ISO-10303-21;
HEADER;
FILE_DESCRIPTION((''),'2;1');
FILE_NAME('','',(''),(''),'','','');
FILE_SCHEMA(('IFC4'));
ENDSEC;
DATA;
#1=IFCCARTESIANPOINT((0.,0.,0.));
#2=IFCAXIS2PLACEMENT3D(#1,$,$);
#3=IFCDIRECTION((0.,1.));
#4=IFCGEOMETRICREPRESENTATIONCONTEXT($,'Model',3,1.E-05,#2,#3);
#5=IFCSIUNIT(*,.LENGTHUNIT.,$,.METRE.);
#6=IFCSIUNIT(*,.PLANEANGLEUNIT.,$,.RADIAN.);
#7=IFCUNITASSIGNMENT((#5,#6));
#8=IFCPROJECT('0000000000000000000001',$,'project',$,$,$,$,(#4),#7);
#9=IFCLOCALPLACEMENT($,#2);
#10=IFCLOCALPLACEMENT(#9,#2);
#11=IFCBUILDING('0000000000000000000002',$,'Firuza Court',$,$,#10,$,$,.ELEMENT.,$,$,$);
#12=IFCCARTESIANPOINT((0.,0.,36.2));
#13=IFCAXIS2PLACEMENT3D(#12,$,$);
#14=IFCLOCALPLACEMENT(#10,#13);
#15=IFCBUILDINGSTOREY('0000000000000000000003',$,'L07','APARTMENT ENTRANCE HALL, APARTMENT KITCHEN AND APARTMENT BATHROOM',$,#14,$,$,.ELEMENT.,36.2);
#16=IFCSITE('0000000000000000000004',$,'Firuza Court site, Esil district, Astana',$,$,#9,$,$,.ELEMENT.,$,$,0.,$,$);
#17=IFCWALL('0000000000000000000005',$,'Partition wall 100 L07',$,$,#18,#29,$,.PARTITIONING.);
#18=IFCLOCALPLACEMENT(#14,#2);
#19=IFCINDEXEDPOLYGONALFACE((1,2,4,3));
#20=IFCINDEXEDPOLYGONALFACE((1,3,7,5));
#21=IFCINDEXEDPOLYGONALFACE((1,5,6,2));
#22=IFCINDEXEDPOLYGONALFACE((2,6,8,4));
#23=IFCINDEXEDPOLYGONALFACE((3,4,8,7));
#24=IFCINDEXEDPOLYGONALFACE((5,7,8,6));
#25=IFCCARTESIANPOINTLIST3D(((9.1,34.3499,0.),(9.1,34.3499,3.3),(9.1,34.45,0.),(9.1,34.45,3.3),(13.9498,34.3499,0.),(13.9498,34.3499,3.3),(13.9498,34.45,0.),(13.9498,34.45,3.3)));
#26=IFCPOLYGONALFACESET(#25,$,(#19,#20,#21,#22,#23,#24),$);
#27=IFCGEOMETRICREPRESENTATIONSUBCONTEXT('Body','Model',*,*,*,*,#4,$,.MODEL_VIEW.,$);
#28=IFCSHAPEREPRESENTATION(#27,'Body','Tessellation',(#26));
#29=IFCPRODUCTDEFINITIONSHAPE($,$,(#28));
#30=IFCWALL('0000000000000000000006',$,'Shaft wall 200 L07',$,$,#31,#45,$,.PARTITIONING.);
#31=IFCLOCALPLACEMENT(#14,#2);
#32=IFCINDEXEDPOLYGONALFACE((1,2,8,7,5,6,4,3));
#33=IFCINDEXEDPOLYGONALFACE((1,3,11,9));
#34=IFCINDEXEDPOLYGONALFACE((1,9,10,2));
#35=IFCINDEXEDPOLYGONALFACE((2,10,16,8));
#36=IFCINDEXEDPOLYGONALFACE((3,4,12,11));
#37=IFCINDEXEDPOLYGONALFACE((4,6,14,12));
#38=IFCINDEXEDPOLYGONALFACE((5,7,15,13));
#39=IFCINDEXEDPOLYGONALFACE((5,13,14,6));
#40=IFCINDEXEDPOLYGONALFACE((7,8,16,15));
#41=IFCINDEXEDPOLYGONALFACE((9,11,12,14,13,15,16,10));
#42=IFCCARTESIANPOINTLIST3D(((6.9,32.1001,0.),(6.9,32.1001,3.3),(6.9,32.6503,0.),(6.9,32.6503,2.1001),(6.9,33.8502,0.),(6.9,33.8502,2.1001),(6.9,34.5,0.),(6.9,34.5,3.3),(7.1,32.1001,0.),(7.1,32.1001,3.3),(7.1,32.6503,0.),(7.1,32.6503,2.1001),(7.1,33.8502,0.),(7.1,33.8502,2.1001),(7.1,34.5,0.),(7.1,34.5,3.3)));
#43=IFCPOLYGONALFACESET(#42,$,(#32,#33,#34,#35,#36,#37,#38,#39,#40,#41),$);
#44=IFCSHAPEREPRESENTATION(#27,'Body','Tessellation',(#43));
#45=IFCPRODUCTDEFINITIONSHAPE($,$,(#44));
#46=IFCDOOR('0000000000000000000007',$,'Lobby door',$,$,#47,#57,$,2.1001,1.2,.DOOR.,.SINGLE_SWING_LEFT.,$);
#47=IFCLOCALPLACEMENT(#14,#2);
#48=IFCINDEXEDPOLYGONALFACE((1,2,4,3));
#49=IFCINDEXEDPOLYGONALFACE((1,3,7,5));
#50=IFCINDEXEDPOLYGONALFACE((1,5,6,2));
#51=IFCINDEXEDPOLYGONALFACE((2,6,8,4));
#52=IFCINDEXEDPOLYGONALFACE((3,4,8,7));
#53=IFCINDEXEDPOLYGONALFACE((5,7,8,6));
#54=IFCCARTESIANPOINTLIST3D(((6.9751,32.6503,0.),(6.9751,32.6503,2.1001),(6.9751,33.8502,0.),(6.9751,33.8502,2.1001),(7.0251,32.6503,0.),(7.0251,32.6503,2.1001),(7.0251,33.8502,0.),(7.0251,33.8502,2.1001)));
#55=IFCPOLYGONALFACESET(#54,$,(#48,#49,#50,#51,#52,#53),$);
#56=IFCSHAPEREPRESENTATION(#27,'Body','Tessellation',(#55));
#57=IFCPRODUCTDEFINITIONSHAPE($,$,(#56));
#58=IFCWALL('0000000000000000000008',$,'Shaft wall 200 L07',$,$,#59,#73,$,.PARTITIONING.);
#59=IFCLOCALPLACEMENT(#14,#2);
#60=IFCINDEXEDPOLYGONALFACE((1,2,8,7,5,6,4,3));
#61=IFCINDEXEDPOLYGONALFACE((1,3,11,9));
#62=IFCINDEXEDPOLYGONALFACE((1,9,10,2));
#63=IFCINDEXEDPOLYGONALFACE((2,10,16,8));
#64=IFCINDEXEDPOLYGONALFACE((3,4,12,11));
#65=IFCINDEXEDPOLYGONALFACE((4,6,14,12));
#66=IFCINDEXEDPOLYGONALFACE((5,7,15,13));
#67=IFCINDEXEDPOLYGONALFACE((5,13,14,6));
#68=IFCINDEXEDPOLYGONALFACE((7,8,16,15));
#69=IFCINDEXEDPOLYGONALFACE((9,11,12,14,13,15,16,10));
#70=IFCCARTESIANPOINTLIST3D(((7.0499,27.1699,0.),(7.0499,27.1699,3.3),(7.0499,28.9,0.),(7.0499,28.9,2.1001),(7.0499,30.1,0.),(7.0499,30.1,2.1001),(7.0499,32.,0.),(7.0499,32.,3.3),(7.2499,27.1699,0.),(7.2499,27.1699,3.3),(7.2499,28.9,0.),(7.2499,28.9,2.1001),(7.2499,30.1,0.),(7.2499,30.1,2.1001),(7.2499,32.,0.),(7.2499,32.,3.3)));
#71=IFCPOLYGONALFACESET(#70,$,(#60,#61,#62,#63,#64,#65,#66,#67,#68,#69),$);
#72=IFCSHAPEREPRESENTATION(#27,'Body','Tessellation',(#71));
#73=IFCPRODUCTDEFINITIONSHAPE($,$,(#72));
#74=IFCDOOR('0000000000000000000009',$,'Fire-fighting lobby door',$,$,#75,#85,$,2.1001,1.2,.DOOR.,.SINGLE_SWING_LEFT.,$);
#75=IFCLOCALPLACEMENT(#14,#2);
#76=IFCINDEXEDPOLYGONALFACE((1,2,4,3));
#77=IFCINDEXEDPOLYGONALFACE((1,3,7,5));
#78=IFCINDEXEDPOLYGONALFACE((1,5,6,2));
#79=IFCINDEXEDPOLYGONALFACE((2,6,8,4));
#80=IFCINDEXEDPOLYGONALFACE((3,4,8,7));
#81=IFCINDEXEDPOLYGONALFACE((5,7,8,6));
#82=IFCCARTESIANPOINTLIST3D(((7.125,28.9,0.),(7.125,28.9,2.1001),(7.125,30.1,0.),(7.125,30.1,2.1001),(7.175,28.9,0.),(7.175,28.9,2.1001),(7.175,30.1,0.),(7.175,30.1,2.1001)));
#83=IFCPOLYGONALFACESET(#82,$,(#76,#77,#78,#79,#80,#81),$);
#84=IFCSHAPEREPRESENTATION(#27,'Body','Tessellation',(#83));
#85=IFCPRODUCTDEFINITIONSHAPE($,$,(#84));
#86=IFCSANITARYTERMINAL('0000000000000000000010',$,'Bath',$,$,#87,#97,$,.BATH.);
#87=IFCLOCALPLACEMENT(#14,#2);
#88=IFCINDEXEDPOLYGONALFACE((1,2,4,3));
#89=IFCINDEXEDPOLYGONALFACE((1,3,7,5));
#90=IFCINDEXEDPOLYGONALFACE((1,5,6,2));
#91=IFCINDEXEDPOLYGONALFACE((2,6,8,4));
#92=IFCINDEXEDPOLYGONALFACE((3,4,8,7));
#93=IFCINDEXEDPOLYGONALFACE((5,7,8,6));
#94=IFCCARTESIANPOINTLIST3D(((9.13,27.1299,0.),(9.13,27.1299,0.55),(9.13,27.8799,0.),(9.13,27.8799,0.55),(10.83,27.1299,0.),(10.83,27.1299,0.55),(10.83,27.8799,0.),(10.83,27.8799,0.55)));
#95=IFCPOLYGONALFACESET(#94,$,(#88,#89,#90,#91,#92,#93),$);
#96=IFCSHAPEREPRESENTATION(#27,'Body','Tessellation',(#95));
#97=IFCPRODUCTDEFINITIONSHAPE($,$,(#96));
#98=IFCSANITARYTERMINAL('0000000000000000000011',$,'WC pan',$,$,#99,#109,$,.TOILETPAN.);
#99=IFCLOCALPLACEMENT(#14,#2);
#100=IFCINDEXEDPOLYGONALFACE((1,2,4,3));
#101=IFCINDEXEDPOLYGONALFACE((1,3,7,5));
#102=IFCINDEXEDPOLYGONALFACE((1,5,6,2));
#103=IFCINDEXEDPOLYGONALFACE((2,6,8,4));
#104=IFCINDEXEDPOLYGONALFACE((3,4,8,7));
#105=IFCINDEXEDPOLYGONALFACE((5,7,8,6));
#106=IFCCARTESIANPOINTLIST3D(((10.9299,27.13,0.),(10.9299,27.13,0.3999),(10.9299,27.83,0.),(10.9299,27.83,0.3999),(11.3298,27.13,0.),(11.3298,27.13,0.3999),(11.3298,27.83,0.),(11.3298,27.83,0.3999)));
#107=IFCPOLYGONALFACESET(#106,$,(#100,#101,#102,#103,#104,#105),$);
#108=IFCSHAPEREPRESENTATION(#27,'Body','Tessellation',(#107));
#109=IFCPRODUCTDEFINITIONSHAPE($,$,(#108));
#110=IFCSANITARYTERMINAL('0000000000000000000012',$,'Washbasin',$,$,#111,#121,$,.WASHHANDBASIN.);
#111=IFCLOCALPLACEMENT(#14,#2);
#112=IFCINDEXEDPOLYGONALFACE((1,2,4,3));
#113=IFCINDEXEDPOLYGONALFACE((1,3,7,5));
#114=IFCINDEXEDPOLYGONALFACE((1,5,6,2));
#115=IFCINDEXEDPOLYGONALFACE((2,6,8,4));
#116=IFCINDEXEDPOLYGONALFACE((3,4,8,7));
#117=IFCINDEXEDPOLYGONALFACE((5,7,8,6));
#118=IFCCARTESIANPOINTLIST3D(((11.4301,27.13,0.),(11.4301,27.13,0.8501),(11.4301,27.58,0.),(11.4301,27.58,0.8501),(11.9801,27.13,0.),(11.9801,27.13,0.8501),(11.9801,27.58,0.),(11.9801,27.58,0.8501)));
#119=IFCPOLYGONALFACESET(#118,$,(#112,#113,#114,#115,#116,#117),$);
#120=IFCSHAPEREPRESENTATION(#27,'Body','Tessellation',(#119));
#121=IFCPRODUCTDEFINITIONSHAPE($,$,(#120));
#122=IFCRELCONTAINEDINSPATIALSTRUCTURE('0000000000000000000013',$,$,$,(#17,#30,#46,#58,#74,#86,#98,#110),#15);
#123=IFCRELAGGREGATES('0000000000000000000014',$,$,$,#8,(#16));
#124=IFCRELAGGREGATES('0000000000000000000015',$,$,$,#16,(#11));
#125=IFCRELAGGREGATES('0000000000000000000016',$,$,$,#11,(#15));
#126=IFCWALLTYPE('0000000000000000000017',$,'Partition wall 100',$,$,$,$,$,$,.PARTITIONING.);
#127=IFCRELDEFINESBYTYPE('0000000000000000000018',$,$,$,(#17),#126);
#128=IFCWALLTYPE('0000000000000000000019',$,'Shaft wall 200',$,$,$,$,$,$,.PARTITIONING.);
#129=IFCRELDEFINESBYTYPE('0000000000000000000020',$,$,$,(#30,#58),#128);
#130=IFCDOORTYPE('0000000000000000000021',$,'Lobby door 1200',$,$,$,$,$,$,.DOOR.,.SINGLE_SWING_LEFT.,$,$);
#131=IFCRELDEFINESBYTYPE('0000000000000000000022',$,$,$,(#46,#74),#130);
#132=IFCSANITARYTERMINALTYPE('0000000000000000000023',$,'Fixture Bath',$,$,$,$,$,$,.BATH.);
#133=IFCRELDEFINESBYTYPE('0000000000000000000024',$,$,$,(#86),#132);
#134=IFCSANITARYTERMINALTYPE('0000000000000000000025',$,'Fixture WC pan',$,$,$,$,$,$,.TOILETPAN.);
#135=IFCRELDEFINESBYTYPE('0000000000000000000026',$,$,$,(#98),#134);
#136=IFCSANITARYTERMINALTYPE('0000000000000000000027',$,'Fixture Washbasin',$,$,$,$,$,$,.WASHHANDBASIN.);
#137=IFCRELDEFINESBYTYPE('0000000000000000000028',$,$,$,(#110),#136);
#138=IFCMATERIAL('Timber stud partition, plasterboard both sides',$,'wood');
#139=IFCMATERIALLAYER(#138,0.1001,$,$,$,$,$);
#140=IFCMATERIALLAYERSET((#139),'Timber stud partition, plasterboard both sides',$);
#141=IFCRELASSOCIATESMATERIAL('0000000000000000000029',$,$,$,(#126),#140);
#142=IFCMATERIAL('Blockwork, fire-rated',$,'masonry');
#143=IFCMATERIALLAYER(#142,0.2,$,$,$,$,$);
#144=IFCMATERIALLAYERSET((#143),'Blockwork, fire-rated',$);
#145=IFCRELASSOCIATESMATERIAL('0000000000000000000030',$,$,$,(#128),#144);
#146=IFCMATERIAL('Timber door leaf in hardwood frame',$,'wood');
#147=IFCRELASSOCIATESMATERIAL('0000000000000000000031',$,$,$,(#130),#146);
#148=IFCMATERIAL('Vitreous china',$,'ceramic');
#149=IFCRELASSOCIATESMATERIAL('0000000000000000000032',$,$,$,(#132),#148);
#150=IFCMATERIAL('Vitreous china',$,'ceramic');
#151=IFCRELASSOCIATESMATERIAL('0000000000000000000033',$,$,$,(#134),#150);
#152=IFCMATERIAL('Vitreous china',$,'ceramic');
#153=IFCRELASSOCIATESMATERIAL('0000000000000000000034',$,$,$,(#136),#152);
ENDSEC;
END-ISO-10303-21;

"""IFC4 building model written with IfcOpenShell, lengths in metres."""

from ifc_helpers import new_model, si_unit, direction, frame, frame_2d, origin, origin_2d, place, context, subcontext, project, spatial, rectangle, extrude, material, layer, layer_set, type_object, element, fill, save


model = new_model("IFC4")

# Units and contexts
model_context = context("Model", 3, precision=1e-05, world=origin(), true_north=direction((0.0, 1.0)))
body_context = subcontext(model_context, "Body", "Model", "MODEL_VIEW")
ifc_project = project(units=[si_unit("LENGTHUNIT", "METRE"), si_unit("PLANEANGLEUNIT", "RADIAN")], contexts=[model_context])

# Site, building, storey
site_placement = place(None, origin())
site = spatial("IfcSite", under=ifc_project, at=site_placement, Name="Firuza Court site, Esil district, Astana", CompositionType="ELEMENT", RefElevation=0.0)
building_placement = place(site_placement, origin())
building = spatial("IfcBuilding", under=site, at=building_placement, Name="Firuza Court", CompositionType="ELEMENT")
storey_placement = place(building_placement, frame((0.0, 0.0, 36.2)))
storey = spatial("IfcBuildingStorey", under=building, at=storey_placement, Name="L07", Description="APARTMENT ENTRANCE HALL, APARTMENT KITCHEN AND APARTMENT BATHROOM", CompositionType="ELEMENT", Elevation=36.2)

# Shared definitions
ifc_material_1 = material(Name="Timber stud partition, plasterboard both sides", Category="wood")
ifc_layer_1 = layer(ifc_material_1, 0.1001)
ifc_layer_set_1 = layer_set([ifc_layer_1], Name="Timber stud partition, plasterboard both sides")
wall_type_1 = type_object("IfcWallType", Name="Partition wall 100", PredefinedType="PARTITIONING", material=ifc_layer_set_1)

# Wall
wall_1_placement = place(storey_placement, frame((9.1001, 34.3999, 0.0), z_axis=(0.0, 0.0, 1.0), x_axis=(1.0, 0.0, 0.0)))
element("IfcWall", 1, at=wall_1_placement, inside=storey, type_object=wall_type_1, Name="Partition wall 100 L07", PredefinedType="PARTITIONING", context=body_context, shape_type="SweptSolid", body=[
    extrude(rectangle(XDim=4.8499, YDim=0.1001, at=frame_2d((2.4248, 0.0))), origin(), (0.0, 0.0, 1.0), 3.3),
])

# Walls, openings, doors
ifc_material_2 = material(Name="Blockwork, fire-rated", Category="masonry")
ifc_layer_2 = layer(ifc_material_2, 0.2)
ifc_layer_set_2 = layer_set([ifc_layer_2], Name="Blockwork, fire-rated")
wall_type_2 = type_object("IfcWallType", Name="Shaft wall 200", PredefinedType="PARTITIONING", material=ifc_layer_set_2)
wall_2_placement = place(storey_placement, frame((7.0, 32.1001, 0.0), z_axis=(0.0, 0.0, 1.0), x_axis=(0.0, 1.0, 0.0)))
wall_2 = element("IfcWall", 2, at=wall_2_placement, inside=storey, type_object=wall_type_2, Name="Shaft wall 200 L07", PredefinedType="PARTITIONING", context=body_context, shape_type="SweptSolid", body=[
    extrude(rectangle(XDim=2.3999, YDim=0.2, at=frame_2d((1.2, 0.0))), origin(), (0.0, 0.0, 1.0), 3.3),
])
opening_1_placement = place(wall_2_placement, frame((0.55, 0.0, 0.0)))
opening_1 = element("IfcOpeningElement", 3, at=opening_1_placement, cuts=wall_2, PredefinedType="OPENING", context=body_context, shape_type="SweptSolid", body=[
    extrude(rectangle(XDim=1.2, YDim=2.1001, at=frame_2d((0.6001, 1.05))), frame((0.0, 0.1118, 0.0), z_axis=(0.0, -1.0, 0.0), x_axis=(1.0, 0.0, 0.0)), (0.0, 0.0, 1.0), 0.2239),
])
ifc_material_3 = material(Name="Timber door leaf in hardwood frame", Category="wood")
door_type_1 = type_object("IfcDoorType", Name="Lobby door 1200", OperationType="SINGLE_SWING_LEFT", PredefinedType="DOOR", material=ifc_material_3)
door_1_placement = place(opening_1_placement, origin())
door_1 = element("IfcDoor", 4, at=door_1_placement, inside=storey, type_object=door_type_1, Name="Lobby door", OperationType="SINGLE_SWING_LEFT", OverallHeight=2.1001, OverallWidth=1.2, PredefinedType="DOOR", context=body_context, shape_type="SweptSolid", body=[
    extrude(rectangle(XDim=1.2, YDim=2.1001, at=frame_2d((0.6001, 1.05))), frame((0.0, 0.0249, 0.0), z_axis=(0.0, -1.0, 0.0), x_axis=(1.0, 0.0, 0.0)), (0.0, 0.0, 1.0), 0.05),
])
fill(opening_1, door_1)
wall_3_placement = place(storey_placement, frame((7.1499, 27.1699, 0.0), z_axis=(0.0, 0.0, 1.0), x_axis=(0.0, 1.0, 0.0)))
wall_3 = element("IfcWall", 5, at=wall_3_placement, inside=storey, type_object=wall_type_2, Name="Shaft wall 200 L07", PredefinedType="PARTITIONING", context=body_context, shape_type="SweptSolid", body=[
    extrude(rectangle(XDim=4.8301, YDim=0.2, at=frame_2d((2.415, 0.0))), origin(), (0.0, 0.0, 1.0), 3.3),
])
opening_2_placement = place(wall_3_placement, frame((1.73, 0.0, 0.0)))
opening_2 = element("IfcOpeningElement", 6, at=opening_2_placement, cuts=wall_3, PredefinedType="OPENING", context=body_context, shape_type="SweptSolid", body=[
    extrude(rectangle(XDim=1.2, YDim=2.1001, at=frame_2d((0.6001, 1.05))), frame((0.0, 0.1118, 0.0), z_axis=(0.0, -1.0, 0.0), x_axis=(1.0, 0.0, 0.0)), (0.0, 0.0, 1.0), 0.2239),
])
door_2_placement = place(opening_2_placement, origin())
door_2 = element("IfcDoor", 7, at=door_2_placement, inside=storey, type_object=door_type_1, Name="Fire-fighting lobby door", OperationType="SINGLE_SWING_LEFT", OverallHeight=2.1001, OverallWidth=1.2, PredefinedType="DOOR", context=body_context, shape_type="SweptSolid", body=[
    extrude(rectangle(XDim=1.2, YDim=2.1001, at=frame_2d((0.6001, 1.05))), frame((0.0, 0.0249, 0.0), z_axis=(0.0, -1.0, 0.0), x_axis=(1.0, 0.0, 0.0)), (0.0, 0.0, 1.0), 0.05),
])
fill(opening_2, door_2)

# Sanitary terminals
ifc_material_4 = material(Name="Vitreous china", Category="ceramic")
sanitary_terminal_type_1 = type_object("IfcSanitaryTerminalType", Name="Fixture Bath", PredefinedType="BATH", material=ifc_material_4)
sanitary_terminal_1_placement = place(storey_placement, frame((9.98, 27.5049, 0.0), z_axis=(0.0, 0.0, 1.0), x_axis=(1.0, 0.0, 0.0)))
element("IfcSanitaryTerminal", 8, at=sanitary_terminal_1_placement, inside=storey, type_object=sanitary_terminal_type_1, Name="Bath", PredefinedType="BATH", context=body_context, shape_type="SweptSolid", body=[
    extrude(rectangle(XDim=1.7, YDim=0.75, at=origin_2d()), origin(), (0.0, 0.0, 1.0), 0.55),
])
ifc_material_5 = material(Name="Vitreous china", Category="ceramic")
sanitary_terminal_type_2 = type_object("IfcSanitaryTerminalType", Name="Fixture WC pan", PredefinedType="TOILETPAN", material=ifc_material_5)
sanitary_terminal_2_placement = place(storey_placement, frame((11.1299, 27.48, 0.0), z_axis=(0.0, 0.0, 1.0), x_axis=(1.0, 0.0, 0.0)))
element("IfcSanitaryTerminal", 9, at=sanitary_terminal_2_placement, inside=storey, type_object=sanitary_terminal_type_2, Name="WC pan", PredefinedType="TOILETPAN", context=body_context, shape_type="SweptSolid", body=[
    extrude(rectangle(XDim=0.3999, YDim=0.7, at=origin_2d()), origin(), (0.0, 0.0, 1.0), 0.3999),
])
ifc_material_6 = material(Name="Vitreous china", Category="ceramic")
sanitary_terminal_type_3 = type_object("IfcSanitaryTerminalType", Name="Fixture Washbasin", PredefinedType="WASHHANDBASIN", material=ifc_material_6)
sanitary_terminal_3_placement = place(storey_placement, frame((11.7051, 27.355, 0.0), z_axis=(0.0, 0.0, 1.0), x_axis=(1.0, 0.0, 0.0)))
element("IfcSanitaryTerminal", 10, at=sanitary_terminal_3_placement, inside=storey, type_object=sanitary_terminal_type_3, Name="Washbasin", PredefinedType="WASHHANDBASIN", context=body_context, shape_type="SweptSolid", body=[
    extrude(rectangle(XDim=0.55, YDim=0.45, at=origin_2d()), origin(), (0.0, 0.0, 1.0), 0.8501),
])

save(model, "model.ifc")
